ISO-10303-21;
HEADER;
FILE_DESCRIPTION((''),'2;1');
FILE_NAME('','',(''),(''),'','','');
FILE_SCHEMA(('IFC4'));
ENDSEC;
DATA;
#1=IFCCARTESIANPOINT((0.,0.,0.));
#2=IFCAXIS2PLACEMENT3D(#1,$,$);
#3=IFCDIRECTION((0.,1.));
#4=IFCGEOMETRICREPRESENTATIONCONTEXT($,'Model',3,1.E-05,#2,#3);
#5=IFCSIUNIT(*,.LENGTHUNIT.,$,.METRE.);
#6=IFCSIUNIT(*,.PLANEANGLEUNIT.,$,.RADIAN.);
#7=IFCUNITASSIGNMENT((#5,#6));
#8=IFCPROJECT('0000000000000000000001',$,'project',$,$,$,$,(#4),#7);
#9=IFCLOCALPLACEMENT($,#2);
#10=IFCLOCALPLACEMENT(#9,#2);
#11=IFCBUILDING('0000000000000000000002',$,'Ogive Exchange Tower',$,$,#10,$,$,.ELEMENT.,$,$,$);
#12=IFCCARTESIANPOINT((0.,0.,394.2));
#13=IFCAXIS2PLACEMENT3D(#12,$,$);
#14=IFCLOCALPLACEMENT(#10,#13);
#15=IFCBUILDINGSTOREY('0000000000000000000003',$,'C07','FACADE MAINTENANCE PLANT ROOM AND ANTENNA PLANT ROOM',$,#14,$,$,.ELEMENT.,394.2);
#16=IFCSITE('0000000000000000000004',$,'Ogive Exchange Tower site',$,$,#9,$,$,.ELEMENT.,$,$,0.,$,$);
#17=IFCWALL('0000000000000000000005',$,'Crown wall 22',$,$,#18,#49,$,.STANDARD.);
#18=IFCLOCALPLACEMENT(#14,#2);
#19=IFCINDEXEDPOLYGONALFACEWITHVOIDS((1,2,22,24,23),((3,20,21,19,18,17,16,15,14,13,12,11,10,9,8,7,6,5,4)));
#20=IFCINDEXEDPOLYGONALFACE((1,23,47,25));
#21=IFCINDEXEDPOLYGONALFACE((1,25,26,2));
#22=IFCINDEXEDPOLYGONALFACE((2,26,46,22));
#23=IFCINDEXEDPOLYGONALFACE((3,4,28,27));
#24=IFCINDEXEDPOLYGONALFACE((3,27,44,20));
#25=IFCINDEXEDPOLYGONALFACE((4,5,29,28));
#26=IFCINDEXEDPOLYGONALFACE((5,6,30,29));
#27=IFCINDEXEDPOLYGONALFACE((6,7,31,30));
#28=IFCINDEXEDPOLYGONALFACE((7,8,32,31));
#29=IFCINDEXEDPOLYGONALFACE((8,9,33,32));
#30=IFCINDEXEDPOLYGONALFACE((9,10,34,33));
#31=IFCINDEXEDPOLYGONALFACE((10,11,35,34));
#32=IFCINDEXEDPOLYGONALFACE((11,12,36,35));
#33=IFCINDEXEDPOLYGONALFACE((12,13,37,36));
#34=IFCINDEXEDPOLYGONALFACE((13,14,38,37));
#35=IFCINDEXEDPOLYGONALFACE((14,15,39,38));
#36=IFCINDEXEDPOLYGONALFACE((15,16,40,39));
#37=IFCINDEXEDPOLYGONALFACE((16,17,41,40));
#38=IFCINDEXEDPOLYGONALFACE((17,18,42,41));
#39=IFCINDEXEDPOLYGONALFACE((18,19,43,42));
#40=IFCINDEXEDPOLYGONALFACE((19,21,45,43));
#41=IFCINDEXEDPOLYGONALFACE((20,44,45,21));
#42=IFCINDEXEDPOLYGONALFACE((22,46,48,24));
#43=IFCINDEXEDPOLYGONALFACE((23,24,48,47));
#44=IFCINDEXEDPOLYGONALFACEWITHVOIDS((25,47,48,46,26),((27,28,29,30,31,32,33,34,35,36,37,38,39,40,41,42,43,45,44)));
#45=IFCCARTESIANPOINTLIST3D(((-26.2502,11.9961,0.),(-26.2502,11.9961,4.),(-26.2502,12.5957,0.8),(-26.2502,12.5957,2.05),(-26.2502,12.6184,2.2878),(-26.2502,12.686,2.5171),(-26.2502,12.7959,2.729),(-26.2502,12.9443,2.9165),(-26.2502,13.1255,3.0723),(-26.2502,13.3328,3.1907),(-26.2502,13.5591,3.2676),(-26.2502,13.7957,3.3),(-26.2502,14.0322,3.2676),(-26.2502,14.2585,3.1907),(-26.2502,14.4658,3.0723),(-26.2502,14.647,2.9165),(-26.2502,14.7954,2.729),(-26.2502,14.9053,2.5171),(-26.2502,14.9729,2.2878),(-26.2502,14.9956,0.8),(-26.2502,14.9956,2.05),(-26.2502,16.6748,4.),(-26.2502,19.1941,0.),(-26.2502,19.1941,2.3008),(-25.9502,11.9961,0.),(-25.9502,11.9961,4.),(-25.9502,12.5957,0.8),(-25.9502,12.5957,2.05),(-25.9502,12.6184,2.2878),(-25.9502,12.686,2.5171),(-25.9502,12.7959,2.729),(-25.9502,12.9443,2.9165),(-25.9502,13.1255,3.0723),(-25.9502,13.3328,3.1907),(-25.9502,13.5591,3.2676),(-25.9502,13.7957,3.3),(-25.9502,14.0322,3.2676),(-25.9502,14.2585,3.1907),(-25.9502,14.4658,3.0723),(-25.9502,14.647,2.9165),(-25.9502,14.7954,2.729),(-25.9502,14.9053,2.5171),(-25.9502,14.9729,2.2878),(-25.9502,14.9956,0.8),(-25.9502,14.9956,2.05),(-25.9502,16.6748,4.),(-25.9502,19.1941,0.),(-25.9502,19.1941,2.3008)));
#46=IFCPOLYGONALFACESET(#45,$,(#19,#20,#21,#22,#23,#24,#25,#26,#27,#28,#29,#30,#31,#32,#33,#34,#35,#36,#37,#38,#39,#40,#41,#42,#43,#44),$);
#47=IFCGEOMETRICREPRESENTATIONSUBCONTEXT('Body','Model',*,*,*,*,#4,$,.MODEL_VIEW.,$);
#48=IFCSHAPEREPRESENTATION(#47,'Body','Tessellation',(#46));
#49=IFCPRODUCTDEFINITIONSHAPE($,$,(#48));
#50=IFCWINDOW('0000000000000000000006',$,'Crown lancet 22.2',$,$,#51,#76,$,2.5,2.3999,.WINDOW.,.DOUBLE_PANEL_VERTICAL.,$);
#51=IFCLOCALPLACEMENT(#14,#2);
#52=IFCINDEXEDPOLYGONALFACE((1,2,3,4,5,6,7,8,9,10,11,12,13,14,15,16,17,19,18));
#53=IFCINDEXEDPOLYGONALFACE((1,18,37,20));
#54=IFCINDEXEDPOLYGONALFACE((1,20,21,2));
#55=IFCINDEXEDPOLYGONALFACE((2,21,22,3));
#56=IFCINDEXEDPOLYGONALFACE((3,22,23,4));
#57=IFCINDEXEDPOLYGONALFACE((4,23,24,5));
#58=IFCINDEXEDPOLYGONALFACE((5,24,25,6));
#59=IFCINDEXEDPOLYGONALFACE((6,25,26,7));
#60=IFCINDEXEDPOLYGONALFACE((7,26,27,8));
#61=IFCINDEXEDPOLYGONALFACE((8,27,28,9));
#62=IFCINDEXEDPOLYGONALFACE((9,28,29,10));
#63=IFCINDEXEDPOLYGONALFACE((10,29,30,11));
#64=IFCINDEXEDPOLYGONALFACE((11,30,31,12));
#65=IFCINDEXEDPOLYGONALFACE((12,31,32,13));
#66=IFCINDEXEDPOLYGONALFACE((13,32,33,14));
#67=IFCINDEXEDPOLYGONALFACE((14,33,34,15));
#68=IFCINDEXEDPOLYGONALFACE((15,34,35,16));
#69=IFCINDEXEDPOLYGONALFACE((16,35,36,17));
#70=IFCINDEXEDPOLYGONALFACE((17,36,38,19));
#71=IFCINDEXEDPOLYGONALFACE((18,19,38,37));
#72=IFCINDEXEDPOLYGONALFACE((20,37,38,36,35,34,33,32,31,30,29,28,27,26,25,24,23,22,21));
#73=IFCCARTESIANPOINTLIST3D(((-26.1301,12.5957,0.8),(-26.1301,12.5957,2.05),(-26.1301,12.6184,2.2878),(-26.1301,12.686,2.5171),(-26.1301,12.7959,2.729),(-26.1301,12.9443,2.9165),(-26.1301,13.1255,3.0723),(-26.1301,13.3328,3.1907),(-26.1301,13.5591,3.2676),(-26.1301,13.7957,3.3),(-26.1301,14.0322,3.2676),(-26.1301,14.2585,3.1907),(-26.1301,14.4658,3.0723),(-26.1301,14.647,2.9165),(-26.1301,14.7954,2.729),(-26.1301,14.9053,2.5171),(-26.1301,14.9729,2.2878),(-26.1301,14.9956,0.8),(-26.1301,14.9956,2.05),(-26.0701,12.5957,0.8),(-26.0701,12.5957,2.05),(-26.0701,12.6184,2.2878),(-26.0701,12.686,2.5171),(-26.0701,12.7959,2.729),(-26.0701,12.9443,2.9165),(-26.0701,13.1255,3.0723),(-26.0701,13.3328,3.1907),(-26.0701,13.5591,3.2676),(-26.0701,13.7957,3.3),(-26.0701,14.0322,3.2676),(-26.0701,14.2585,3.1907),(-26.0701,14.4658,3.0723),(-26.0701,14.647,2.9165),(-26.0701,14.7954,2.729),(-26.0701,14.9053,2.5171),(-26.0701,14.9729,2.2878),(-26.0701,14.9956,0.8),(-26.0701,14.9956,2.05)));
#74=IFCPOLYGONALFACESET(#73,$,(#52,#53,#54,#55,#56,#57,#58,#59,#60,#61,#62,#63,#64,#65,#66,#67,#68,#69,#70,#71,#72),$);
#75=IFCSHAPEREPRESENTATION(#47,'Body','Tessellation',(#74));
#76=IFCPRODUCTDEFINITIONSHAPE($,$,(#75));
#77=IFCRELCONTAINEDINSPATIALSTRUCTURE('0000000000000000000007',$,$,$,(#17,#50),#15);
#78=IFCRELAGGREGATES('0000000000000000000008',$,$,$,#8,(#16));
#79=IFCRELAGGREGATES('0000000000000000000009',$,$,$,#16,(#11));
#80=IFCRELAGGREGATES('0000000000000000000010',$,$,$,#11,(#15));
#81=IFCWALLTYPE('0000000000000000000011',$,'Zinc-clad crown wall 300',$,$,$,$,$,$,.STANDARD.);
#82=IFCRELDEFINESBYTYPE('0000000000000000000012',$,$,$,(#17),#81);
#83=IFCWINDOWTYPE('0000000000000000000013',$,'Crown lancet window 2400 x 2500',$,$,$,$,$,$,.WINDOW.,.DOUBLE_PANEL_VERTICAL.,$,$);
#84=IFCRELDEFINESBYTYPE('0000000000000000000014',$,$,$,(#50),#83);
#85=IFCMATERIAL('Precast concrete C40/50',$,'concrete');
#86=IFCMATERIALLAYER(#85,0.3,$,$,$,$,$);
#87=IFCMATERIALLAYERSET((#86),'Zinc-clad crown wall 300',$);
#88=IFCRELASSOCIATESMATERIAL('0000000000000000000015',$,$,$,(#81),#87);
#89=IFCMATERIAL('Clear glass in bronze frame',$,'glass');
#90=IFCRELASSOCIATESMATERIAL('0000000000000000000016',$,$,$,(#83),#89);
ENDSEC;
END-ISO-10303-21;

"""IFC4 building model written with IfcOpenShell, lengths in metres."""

from ifc_helpers import new_model, si_unit, direction, frame, origin, place, context, subcontext, project, spatial, polyline, outline, extrude, material, layer, layer_set, type_object, element, fill, save


model = new_model("IFC4")

# Units and contexts
model_context = context("Model", 3, precision=1e-05, world=origin(), true_north=direction((0.0, 1.0)))
body_context = subcontext(model_context, "Body", "Model", "MODEL_VIEW")
ifc_project = project(units=[si_unit("LENGTHUNIT", "METRE"), si_unit("PLANEANGLEUNIT", "RADIAN")], contexts=[model_context])

# Site, building, storey
site_placement = place(None, origin())
site = spatial("IfcSite", under=ifc_project, at=site_placement, Name="Ogive Exchange Tower site", CompositionType="ELEMENT", RefElevation=0.0)
building_placement = place(site_placement, origin())
building = spatial("IfcBuilding", under=site, at=building_placement, Name="Ogive Exchange Tower", CompositionType="ELEMENT")
storey_placement = place(building_placement, frame((0.0, 0.0, 394.2)))
storey = spatial("IfcBuildingStorey", under=building, at=storey_placement, Name="C07", Description="FACADE MAINTENANCE PLANT ROOM AND ANTENNA PLANT ROOM", CompositionType="ELEMENT", Elevation=394.2)

# Wall, opening, window
ifc_material_1 = material(Name="Precast concrete C40/50", Category="concrete")
ifc_layer = layer(ifc_material_1, 0.3)
ifc_layer_set = layer_set([ifc_layer], Name="Zinc-clad crown wall 300")
wall_type = type_object("IfcWallType", Name="Zinc-clad crown wall 300", PredefinedType="STANDARD", material=ifc_layer_set)
wall_1_placement = place(storey_placement, frame((-26.1001, 19.1941, 0.0), z_axis=(0.0, 0.0, 1.0), x_axis=(0.0, -1.0, 0.0)))
wall_1 = element("IfcWall", 1, at=wall_1_placement, inside=storey, type_object=wall_type, Name="Crown wall 22", PredefinedType="STANDARD", context=body_context, shape_type="SweptSolid", body=[
    extrude(outline(polyline([(0.0, 0.0), (7.198, 0.0), (7.198, 4.0), (2.5193, 4.0), (0.0, 2.3008), (0.0, 0.0)])), frame((0.0, 0.1499, 0.0), z_axis=(0.0, -1.0, 0.0), x_axis=(1.0, 0.0, 0.0)), (0.0, 0.0, 1.0), 0.3),
])
opening_1_placement = place(wall_1_placement, frame((4.1985, 0.0, 0.8)))
opening_1 = element("IfcOpeningElement", 2, at=opening_1_placement, cuts=wall_1, PredefinedType="OPENING", context=body_context, shape_type="SweptSolid", body=[
    extrude(outline(polyline([(0.0, 0.0), (2.3999, 0.0), (2.3999, 1.25), (2.3772, 1.4878), (2.3096, 1.717), (2.1997, 1.929), (2.0513, 2.1165), (1.8701, 2.2722), (1.6628, 2.3906), (1.4365, 2.4675), (1.2, 2.5), (0.9634, 2.4675), (0.7371, 2.3906), (0.5298, 2.2722), (0.3486, 2.1165), (0.2002, 1.929), (0.0903, 1.717), (0.0227, 1.4878), (0.0, 1.25), (0.0, 0.0)])), frame((0.0, 0.1599, 0.0), z_axis=(0.0, -1.0, 0.0), x_axis=(1.0, 0.0, 0.0)), (0.0, 0.0, 1.0), 0.3201),
])
ifc_material_2 = material(Name="Clear glass in bronze frame", Category="glass")
window_type_1 = type_object("IfcWindowType", Name="Crown lancet window 2400 x 2500", PartitioningType="DOUBLE_PANEL_VERTICAL", PredefinedType="WINDOW", material=ifc_material_2)
window_1_placement = place(opening_1_placement, origin())
window_1 = element("IfcWindow", 3, at=window_1_placement, inside=storey, type_object=window_type_1, Name="Crown lancet 22.2", OverallHeight=2.5, OverallWidth=2.3999, PartitioningType="DOUBLE_PANEL_VERTICAL", PredefinedType="WINDOW", context=body_context, shape_type="SweptSolid", body=[
    extrude(outline(polyline([(0.0, 0.0), (2.3999, 0.0), (2.3999, 1.25), (2.3772, 1.4878), (2.3096, 1.717), (2.1997, 1.929), (2.0513, 2.1165), (1.8701, 2.2722), (1.6628, 2.3906), (1.4365, 2.4675), (1.2, 2.5), (0.9634, 2.4675), (0.7371, 2.3906), (0.5298, 2.2722), (0.3486, 2.1165), (0.2002, 1.929), (0.0903, 1.717), (0.0227, 1.4878), (0.0, 1.25), (0.0, 0.0)])), frame((0.0, 0.03, 0.0), z_axis=(0.0, -1.0, 0.0), x_axis=(1.0, 0.0, 0.0)), (0.0, 0.0, 1.0), 0.0601),
])
fill(opening_1, window_1)

save(model, "model.ifc")
